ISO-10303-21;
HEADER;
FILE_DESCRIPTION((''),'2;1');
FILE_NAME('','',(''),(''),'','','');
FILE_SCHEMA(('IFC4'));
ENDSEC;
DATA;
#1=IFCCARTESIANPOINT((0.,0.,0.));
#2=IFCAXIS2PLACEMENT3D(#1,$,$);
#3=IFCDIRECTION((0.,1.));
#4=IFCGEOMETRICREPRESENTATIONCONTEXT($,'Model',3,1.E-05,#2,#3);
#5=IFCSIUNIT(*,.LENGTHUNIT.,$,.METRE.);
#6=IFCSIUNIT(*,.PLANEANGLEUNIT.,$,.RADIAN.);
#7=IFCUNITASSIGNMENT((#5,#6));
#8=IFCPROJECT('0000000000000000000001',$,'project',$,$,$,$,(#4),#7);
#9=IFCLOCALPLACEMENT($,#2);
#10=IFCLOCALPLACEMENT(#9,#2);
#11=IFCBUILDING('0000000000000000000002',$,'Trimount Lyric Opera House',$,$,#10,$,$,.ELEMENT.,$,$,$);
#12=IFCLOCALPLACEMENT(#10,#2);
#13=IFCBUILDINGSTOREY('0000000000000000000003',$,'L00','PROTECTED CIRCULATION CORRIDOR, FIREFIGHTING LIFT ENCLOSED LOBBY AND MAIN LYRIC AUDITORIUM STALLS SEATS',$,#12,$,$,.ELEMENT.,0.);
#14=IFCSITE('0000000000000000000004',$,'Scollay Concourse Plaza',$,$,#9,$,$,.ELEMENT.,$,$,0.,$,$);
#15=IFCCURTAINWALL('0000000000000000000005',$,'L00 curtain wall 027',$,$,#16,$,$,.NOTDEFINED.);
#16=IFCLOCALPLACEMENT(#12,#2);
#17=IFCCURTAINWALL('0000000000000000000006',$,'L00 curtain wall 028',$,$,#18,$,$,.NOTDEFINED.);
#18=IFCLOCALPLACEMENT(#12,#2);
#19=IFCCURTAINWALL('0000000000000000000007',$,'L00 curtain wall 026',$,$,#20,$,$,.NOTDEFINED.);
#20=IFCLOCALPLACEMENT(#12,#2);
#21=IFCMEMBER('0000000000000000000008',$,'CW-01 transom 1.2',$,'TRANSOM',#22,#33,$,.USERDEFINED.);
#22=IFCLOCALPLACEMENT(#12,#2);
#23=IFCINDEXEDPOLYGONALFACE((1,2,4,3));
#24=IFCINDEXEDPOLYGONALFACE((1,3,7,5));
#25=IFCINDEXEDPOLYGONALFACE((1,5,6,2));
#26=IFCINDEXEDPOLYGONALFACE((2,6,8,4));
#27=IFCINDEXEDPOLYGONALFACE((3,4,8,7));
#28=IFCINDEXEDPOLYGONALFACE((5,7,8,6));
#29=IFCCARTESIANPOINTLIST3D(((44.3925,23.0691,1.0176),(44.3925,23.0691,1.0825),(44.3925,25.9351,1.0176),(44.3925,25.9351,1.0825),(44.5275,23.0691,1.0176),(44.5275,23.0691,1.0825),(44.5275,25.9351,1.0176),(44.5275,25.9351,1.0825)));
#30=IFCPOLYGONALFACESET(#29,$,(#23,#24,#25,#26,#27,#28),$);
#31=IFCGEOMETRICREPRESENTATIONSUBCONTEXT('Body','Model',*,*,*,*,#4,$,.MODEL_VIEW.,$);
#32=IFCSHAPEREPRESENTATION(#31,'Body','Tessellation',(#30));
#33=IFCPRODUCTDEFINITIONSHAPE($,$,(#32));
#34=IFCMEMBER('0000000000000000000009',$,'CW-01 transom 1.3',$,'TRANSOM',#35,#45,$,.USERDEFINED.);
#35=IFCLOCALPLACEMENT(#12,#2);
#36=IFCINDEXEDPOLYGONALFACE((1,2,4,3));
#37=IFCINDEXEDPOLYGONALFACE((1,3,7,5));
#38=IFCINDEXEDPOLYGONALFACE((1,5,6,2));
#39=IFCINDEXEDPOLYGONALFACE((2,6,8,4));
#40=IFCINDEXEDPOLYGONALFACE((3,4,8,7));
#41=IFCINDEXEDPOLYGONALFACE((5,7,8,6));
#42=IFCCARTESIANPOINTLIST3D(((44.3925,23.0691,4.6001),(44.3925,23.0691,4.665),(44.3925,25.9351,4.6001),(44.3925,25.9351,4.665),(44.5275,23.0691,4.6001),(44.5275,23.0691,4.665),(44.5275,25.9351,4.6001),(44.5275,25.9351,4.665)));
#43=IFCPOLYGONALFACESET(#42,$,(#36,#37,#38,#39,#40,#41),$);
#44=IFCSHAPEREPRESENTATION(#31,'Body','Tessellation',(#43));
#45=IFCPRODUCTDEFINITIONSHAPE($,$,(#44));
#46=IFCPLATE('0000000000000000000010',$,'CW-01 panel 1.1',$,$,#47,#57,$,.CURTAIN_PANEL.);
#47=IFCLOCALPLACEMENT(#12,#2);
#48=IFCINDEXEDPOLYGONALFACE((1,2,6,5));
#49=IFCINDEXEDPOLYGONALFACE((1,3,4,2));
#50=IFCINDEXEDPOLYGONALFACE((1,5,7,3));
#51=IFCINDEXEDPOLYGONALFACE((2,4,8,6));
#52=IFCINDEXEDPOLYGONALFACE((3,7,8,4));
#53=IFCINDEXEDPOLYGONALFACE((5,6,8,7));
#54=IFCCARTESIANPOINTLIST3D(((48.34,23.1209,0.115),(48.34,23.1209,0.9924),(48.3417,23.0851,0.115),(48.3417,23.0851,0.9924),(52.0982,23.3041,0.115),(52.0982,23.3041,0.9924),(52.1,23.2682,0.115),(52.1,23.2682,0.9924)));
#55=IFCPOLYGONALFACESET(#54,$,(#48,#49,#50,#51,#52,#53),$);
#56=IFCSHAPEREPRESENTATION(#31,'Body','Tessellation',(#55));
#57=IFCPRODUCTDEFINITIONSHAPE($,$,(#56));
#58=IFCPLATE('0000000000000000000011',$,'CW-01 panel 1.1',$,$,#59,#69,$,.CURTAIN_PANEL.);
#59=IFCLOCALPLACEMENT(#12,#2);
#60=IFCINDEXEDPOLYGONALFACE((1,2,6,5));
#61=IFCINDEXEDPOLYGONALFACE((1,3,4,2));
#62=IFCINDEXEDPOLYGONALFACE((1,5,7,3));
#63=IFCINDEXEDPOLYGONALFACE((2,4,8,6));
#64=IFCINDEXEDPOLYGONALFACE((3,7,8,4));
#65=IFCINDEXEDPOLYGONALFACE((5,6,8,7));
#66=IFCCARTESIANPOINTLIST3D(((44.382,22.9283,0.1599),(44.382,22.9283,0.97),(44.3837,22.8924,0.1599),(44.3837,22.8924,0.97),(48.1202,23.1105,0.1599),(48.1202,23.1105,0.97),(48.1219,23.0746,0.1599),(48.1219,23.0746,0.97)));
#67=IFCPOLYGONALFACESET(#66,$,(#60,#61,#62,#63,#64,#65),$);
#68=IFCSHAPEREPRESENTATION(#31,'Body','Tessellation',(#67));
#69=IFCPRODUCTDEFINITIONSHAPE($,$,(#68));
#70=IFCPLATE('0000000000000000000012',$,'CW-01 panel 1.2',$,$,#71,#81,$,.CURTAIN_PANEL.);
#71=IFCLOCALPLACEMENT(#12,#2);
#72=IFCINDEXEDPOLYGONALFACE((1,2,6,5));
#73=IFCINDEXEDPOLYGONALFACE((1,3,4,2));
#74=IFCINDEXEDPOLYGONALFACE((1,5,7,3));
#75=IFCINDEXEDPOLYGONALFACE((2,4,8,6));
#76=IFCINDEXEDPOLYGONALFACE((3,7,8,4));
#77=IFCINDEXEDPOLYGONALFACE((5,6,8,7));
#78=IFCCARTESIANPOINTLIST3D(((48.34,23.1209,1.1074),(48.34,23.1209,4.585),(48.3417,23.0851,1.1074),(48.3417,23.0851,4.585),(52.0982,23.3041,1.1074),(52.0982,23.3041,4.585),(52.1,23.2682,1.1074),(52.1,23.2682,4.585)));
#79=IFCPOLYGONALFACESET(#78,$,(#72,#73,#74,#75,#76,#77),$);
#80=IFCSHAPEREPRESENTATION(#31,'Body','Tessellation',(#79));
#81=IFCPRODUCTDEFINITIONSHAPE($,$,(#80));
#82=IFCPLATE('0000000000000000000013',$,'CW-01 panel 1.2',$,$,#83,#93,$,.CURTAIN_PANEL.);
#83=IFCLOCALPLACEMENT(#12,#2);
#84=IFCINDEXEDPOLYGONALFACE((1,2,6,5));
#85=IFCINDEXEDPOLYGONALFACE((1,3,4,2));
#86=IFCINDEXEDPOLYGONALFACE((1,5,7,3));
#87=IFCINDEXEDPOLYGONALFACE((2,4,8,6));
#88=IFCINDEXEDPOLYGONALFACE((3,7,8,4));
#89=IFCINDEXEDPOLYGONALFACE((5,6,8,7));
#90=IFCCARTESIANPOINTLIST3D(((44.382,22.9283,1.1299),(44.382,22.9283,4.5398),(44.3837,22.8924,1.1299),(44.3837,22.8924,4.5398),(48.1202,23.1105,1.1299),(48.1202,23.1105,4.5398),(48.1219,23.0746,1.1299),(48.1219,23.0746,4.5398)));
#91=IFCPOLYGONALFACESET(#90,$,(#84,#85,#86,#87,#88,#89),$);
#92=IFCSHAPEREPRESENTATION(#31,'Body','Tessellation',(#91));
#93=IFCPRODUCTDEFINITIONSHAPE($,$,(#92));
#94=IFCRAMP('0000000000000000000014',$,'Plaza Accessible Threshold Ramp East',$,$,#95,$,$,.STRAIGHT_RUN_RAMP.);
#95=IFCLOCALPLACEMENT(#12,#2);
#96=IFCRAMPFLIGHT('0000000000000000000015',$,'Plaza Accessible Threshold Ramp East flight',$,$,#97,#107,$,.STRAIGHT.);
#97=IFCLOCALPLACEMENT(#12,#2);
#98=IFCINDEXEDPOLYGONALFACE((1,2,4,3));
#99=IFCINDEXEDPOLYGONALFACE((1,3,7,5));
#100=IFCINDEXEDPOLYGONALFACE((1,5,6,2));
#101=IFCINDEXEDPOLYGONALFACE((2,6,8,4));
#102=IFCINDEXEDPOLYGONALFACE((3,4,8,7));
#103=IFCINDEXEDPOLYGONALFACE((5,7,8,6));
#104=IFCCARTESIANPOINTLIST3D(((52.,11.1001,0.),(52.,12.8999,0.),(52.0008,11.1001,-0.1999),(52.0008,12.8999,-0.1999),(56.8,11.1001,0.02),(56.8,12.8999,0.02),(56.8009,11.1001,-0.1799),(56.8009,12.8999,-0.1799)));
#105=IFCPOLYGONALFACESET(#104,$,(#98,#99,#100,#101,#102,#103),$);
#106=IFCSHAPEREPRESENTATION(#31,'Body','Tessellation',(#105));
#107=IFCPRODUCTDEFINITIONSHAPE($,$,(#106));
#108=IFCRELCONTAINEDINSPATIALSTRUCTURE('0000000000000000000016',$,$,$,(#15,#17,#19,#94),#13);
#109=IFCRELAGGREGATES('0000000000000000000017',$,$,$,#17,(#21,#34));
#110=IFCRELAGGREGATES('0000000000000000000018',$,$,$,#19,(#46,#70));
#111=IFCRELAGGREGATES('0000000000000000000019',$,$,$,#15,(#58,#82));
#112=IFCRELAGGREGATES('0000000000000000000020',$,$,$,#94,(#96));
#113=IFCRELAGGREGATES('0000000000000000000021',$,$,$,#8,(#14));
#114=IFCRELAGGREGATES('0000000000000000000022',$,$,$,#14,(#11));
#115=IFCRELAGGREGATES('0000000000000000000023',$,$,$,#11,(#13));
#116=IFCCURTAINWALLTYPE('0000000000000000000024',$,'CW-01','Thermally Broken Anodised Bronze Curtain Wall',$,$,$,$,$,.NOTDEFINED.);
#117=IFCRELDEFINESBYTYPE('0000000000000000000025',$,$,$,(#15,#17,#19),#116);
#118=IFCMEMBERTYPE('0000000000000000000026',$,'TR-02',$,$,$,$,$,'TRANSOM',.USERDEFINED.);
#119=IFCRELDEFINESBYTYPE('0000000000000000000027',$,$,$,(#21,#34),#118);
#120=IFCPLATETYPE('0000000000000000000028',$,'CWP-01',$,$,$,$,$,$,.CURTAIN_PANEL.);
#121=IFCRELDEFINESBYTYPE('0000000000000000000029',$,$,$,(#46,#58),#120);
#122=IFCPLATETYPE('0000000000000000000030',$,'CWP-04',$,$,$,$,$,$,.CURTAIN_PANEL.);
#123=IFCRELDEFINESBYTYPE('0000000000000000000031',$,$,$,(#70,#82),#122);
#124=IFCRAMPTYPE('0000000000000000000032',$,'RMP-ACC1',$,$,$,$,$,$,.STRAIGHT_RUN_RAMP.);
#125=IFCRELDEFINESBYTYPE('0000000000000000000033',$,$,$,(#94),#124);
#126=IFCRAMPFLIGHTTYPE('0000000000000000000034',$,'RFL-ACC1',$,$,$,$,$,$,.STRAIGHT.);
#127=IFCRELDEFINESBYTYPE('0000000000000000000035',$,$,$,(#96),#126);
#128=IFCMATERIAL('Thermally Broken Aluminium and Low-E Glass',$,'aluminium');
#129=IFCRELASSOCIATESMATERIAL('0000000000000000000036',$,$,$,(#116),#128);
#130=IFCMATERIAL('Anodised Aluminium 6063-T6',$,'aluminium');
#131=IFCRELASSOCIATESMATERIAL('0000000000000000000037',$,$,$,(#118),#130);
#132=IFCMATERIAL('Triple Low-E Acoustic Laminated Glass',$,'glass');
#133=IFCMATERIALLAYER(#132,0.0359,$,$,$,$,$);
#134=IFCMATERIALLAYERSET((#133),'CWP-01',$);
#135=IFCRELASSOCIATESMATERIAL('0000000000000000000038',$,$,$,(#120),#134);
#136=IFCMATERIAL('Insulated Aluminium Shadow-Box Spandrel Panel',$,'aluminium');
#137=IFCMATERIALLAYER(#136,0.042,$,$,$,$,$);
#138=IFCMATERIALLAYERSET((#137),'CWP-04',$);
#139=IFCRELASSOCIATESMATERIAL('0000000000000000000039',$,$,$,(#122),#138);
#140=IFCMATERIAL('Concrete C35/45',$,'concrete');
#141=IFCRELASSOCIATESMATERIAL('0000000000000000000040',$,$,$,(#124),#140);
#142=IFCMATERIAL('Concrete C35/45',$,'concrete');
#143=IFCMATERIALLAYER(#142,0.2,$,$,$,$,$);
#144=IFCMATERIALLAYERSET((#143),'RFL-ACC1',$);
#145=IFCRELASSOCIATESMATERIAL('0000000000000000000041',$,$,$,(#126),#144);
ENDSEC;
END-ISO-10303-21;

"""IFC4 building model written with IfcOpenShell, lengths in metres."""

from ifc_helpers import new_model, si_unit, direction, frame, origin, origin_2d, place, context, subcontext, project, spatial, polyline, rectangle, outline, extrude, material, layer, layer_set, material_profile, profile_set, type_object, element, aggregate, save


model = new_model("IFC4")

# Units and contexts
model_context = context("Model", 3, precision=1e-05, world=origin(), true_north=direction((0.0, 1.0)))
body_context = subcontext(model_context, "Body", "Model", "MODEL_VIEW")
ifc_project = project(units=[si_unit("LENGTHUNIT", "METRE"), si_unit("PLANEANGLEUNIT", "RADIAN")], contexts=[model_context])

# Site, building, storey
site_placement = place(None, origin())
site = spatial("IfcSite", under=ifc_project, at=site_placement, Name="Scollay Concourse Plaza", CompositionType="ELEMENT", RefElevation=0.0)
building_placement = place(site_placement, origin())
building = spatial("IfcBuilding", under=site, at=building_placement, Name="Trimount Lyric Opera House", CompositionType="ELEMENT")
storey_placement = place(building_placement, origin())
storey = spatial("IfcBuildingStorey", under=building, at=storey_placement, Name="L00", Description="PROTECTED CIRCULATION CORRIDOR, FIREFIGHTING LIFT ENCLOSED LOBBY AND MAIN LYRIC AUDITORIUM STALLS SEATS", CompositionType="ELEMENT", Elevation=0.0)

# Curtain wall
ifc_material_1 = material(Name="Thermally Broken Aluminium and Low-E Glass", Category="aluminium")
curtain_wall_type = type_object("IfcCurtainWallType", Name="CW-01", Description="Thermally Broken Anodised Bronze Curtain Wall", PredefinedType="NOTDEFINED", material=ifc_material_1)
curtain_wall_1_placement = place(storey_placement, origin())
curtain_wall_1 = element("IfcCurtainWall", 1, at=curtain_wall_1_placement, inside=storey, type_object=curtain_wall_type, Name="L00 curtain wall 027", PredefinedType="NOTDEFINED")

# Curtain walls
curtain_wall_2_placement = place(storey_placement, origin())
curtain_wall_2 = element("IfcCurtainWall", 2, at=curtain_wall_2_placement, inside=storey, type_object=curtain_wall_type, Name="L00 curtain wall 028", PredefinedType="NOTDEFINED")
curtain_wall_3_placement = place(storey_placement, origin())
curtain_wall_3 = element("IfcCurtainWall", 3, at=curtain_wall_3_placement, inside=storey, type_object=curtain_wall_type, Name="L00 curtain wall 026", PredefinedType="NOTDEFINED")

# Members
ifc_material_2 = material(Name="Anodised Aluminium 6063-T6", Category="aluminium")
ifc_material_profile_1 = material_profile(ifc_material_2, rectangle(XDim=0.135, YDim=0.0649, at=origin_2d()), Name="ALU-TRAN-65X135")
ifc_profile_set_1 = profile_set([ifc_material_profile_1], Name="Anodised Aluminium 6063-T6")
member_type_1 = type_object("IfcMemberType", Name="TR-02", ElementType="TRANSOM", PredefinedType="USERDEFINED", material=ifc_profile_set_1)
member_1_placement = place(storey_placement, frame((44.46, 23.0691, 1.05), z_axis=(0.0, 1.0, 0.0), x_axis=(-1.0, 0.0, 0.0)))
member_1 = element("IfcMember", 4, at=member_1_placement, type_object=member_type_1, Name="CW-01 transom 1.2", ObjectType="TRANSOM", PredefinedType="USERDEFINED", context=body_context, shape_type="SweptSolid", body=[
    extrude(rectangle(XDim=0.135, YDim=0.0649, at=origin_2d()), origin(), (0.0, 0.0, 1.0), 2.866),
])
member_2_placement = place(storey_placement, frame((44.46, 23.0691, 4.6326), z_axis=(0.0, 1.0, 0.0), x_axis=(-1.0, 0.0, 0.0)))
member_2 = element("IfcMember", 5, at=member_2_placement, type_object=member_type_1, Name="CW-01 transom 1.3", ObjectType="TRANSOM", PredefinedType="USERDEFINED", context=body_context, shape_type="SweptSolid", body=[
    extrude(rectangle(XDim=0.135, YDim=0.0649, at=origin_2d()), origin(), (0.0, 0.0, 1.0), 2.866),
])
aggregate(curtain_wall_2, [member_1, member_2])

# Plates
ifc_material_3 = material(Name="Triple Low-E Acoustic Laminated Glass", Category="glass")
ifc_layer_1 = layer(ifc_material_3, 0.0359)
ifc_layer_set_1 = layer_set([ifc_layer_1], Name="CWP-01")
plate_type_1 = type_object("IfcPlateType", Name="CWP-01", PredefinedType="CURTAIN_PANEL", material=ifc_layer_set_1)
plate_1_placement = place(storey_placement, frame((50.22, 23.1946, 0.115), z_axis=(0.0, 0.0, 1.0), x_axis=(-0.998814, -0.048679, 0.0)))
plate_1 = element("IfcPlate", 6, at=plate_1_placement, type_object=plate_type_1, Name="CW-01 panel 1.1", PredefinedType="CURTAIN_PANEL", context=body_context, shape_type="SweptSolid", body=[
    extrude(rectangle(XDim=3.7627, YDim=0.0359, at=origin_2d()), origin(), (0.0, 0.0, 1.0), 0.8774),
])
plate_2_placement = place(storey_placement, frame((46.252, 23.0015, 0.1599), z_axis=(0.0, 0.0, 1.0), x_axis=(-0.998814, -0.048679, 0.0)))
plate_2 = element("IfcPlate", 7, at=plate_2_placement, type_object=plate_type_1, Name="CW-01 panel 1.1", PredefinedType="CURTAIN_PANEL", context=body_context, shape_type="SweptSolid", body=[
    extrude(rectangle(XDim=3.7427, YDim=0.0359, at=origin_2d()), origin(), (0.0, 0.0, 1.0), 0.8101),
])
ifc_material_4 = material(Name="Insulated Aluminium Shadow-Box Spandrel Panel", Category="aluminium")
ifc_layer_2 = layer(ifc_material_4, 0.042)
ifc_layer_set_2 = layer_set([ifc_layer_2], Name="CWP-04")
plate_type_2 = type_object("IfcPlateType", Name="CWP-04", PredefinedType="CURTAIN_PANEL", material=ifc_layer_set_2)
plate_3_placement = place(storey_placement, frame((50.22, 23.1946, 1.1074), z_axis=(0.0, 0.0, 1.0), x_axis=(-0.998814, -0.048679, 0.0)))
plate_3 = element("IfcPlate", 8, at=plate_3_placement, type_object=plate_type_2, Name="CW-01 panel 1.2", PredefinedType="CURTAIN_PANEL", context=body_context, shape_type="SweptSolid", body=[
    extrude(rectangle(XDim=3.7627, YDim=0.0359, at=origin_2d()), origin(), (0.0, 0.0, 1.0), 3.4775),
])
aggregate(curtain_wall_3, [plate_1, plate_3])
plate_4_placement = place(storey_placement, frame((46.252, 23.0015, 1.1299), z_axis=(0.0, 0.0, 1.0), x_axis=(-0.998814, -0.048679, 0.0)))
plate_4 = element("IfcPlate", 9, at=plate_4_placement, type_object=plate_type_2, Name="CW-01 panel 1.2", PredefinedType="CURTAIN_PANEL", context=body_context, shape_type="SweptSolid", body=[
    extrude(rectangle(XDim=3.7427, YDim=0.0359, at=origin_2d()), origin(), (0.0, 0.0, 1.0), 3.4099),
])
aggregate(curtain_wall_1, [plate_2, plate_4])

# Ramp, ramp flight
ifc_material_5 = material(Name="Concrete C35/45", Category="concrete")
ramp_type = type_object("IfcRampType", Name="RMP-ACC1", PredefinedType="STRAIGHT_RUN_RAMP", material=ifc_material_5)
ramp_placement = place(storey_placement, origin())
ramp = element("IfcRamp", 10, at=ramp_placement, inside=storey, type_object=ramp_type, Name="Plaza Accessible Threshold Ramp East", PredefinedType="STRAIGHT_RUN_RAMP")
ifc_material_6 = material(Name="Concrete C35/45", Category="concrete")
ifc_layer_3 = layer(ifc_material_6, 0.2)
ifc_layer_set_3 = layer_set([ifc_layer_3], Name="RFL-ACC1")
ramp_flight_type = type_object("IfcRampFlightType", Name="RFL-ACC1", PredefinedType="STRAIGHT", material=ifc_layer_set_3)
ramp_flight_placement = place(storey_placement, frame((52.0, 11.1001, 0.0), z_axis=(-0.004171, 0.0, 0.999991), x_axis=(0.999991, 0.0, 0.004171)))
ramp_flight = element("IfcRampFlight", 11, at=ramp_flight_placement, type_object=ramp_flight_type, Name="Plaza Accessible Threshold Ramp East flight", PredefinedType="STRAIGHT", context=body_context, shape_type="SweptSolid", body=[
    extrude(outline(polyline([(0.0, 0.0), (4.8001, 0.0), (4.8001, 1.7998), (0.0, 1.7998), (0.0, 0.0)])), origin(), (0.0, 0.0, -1.0), 0.2),
])
aggregate(ramp, [ramp_flight])

save(model, "model.ifc")
